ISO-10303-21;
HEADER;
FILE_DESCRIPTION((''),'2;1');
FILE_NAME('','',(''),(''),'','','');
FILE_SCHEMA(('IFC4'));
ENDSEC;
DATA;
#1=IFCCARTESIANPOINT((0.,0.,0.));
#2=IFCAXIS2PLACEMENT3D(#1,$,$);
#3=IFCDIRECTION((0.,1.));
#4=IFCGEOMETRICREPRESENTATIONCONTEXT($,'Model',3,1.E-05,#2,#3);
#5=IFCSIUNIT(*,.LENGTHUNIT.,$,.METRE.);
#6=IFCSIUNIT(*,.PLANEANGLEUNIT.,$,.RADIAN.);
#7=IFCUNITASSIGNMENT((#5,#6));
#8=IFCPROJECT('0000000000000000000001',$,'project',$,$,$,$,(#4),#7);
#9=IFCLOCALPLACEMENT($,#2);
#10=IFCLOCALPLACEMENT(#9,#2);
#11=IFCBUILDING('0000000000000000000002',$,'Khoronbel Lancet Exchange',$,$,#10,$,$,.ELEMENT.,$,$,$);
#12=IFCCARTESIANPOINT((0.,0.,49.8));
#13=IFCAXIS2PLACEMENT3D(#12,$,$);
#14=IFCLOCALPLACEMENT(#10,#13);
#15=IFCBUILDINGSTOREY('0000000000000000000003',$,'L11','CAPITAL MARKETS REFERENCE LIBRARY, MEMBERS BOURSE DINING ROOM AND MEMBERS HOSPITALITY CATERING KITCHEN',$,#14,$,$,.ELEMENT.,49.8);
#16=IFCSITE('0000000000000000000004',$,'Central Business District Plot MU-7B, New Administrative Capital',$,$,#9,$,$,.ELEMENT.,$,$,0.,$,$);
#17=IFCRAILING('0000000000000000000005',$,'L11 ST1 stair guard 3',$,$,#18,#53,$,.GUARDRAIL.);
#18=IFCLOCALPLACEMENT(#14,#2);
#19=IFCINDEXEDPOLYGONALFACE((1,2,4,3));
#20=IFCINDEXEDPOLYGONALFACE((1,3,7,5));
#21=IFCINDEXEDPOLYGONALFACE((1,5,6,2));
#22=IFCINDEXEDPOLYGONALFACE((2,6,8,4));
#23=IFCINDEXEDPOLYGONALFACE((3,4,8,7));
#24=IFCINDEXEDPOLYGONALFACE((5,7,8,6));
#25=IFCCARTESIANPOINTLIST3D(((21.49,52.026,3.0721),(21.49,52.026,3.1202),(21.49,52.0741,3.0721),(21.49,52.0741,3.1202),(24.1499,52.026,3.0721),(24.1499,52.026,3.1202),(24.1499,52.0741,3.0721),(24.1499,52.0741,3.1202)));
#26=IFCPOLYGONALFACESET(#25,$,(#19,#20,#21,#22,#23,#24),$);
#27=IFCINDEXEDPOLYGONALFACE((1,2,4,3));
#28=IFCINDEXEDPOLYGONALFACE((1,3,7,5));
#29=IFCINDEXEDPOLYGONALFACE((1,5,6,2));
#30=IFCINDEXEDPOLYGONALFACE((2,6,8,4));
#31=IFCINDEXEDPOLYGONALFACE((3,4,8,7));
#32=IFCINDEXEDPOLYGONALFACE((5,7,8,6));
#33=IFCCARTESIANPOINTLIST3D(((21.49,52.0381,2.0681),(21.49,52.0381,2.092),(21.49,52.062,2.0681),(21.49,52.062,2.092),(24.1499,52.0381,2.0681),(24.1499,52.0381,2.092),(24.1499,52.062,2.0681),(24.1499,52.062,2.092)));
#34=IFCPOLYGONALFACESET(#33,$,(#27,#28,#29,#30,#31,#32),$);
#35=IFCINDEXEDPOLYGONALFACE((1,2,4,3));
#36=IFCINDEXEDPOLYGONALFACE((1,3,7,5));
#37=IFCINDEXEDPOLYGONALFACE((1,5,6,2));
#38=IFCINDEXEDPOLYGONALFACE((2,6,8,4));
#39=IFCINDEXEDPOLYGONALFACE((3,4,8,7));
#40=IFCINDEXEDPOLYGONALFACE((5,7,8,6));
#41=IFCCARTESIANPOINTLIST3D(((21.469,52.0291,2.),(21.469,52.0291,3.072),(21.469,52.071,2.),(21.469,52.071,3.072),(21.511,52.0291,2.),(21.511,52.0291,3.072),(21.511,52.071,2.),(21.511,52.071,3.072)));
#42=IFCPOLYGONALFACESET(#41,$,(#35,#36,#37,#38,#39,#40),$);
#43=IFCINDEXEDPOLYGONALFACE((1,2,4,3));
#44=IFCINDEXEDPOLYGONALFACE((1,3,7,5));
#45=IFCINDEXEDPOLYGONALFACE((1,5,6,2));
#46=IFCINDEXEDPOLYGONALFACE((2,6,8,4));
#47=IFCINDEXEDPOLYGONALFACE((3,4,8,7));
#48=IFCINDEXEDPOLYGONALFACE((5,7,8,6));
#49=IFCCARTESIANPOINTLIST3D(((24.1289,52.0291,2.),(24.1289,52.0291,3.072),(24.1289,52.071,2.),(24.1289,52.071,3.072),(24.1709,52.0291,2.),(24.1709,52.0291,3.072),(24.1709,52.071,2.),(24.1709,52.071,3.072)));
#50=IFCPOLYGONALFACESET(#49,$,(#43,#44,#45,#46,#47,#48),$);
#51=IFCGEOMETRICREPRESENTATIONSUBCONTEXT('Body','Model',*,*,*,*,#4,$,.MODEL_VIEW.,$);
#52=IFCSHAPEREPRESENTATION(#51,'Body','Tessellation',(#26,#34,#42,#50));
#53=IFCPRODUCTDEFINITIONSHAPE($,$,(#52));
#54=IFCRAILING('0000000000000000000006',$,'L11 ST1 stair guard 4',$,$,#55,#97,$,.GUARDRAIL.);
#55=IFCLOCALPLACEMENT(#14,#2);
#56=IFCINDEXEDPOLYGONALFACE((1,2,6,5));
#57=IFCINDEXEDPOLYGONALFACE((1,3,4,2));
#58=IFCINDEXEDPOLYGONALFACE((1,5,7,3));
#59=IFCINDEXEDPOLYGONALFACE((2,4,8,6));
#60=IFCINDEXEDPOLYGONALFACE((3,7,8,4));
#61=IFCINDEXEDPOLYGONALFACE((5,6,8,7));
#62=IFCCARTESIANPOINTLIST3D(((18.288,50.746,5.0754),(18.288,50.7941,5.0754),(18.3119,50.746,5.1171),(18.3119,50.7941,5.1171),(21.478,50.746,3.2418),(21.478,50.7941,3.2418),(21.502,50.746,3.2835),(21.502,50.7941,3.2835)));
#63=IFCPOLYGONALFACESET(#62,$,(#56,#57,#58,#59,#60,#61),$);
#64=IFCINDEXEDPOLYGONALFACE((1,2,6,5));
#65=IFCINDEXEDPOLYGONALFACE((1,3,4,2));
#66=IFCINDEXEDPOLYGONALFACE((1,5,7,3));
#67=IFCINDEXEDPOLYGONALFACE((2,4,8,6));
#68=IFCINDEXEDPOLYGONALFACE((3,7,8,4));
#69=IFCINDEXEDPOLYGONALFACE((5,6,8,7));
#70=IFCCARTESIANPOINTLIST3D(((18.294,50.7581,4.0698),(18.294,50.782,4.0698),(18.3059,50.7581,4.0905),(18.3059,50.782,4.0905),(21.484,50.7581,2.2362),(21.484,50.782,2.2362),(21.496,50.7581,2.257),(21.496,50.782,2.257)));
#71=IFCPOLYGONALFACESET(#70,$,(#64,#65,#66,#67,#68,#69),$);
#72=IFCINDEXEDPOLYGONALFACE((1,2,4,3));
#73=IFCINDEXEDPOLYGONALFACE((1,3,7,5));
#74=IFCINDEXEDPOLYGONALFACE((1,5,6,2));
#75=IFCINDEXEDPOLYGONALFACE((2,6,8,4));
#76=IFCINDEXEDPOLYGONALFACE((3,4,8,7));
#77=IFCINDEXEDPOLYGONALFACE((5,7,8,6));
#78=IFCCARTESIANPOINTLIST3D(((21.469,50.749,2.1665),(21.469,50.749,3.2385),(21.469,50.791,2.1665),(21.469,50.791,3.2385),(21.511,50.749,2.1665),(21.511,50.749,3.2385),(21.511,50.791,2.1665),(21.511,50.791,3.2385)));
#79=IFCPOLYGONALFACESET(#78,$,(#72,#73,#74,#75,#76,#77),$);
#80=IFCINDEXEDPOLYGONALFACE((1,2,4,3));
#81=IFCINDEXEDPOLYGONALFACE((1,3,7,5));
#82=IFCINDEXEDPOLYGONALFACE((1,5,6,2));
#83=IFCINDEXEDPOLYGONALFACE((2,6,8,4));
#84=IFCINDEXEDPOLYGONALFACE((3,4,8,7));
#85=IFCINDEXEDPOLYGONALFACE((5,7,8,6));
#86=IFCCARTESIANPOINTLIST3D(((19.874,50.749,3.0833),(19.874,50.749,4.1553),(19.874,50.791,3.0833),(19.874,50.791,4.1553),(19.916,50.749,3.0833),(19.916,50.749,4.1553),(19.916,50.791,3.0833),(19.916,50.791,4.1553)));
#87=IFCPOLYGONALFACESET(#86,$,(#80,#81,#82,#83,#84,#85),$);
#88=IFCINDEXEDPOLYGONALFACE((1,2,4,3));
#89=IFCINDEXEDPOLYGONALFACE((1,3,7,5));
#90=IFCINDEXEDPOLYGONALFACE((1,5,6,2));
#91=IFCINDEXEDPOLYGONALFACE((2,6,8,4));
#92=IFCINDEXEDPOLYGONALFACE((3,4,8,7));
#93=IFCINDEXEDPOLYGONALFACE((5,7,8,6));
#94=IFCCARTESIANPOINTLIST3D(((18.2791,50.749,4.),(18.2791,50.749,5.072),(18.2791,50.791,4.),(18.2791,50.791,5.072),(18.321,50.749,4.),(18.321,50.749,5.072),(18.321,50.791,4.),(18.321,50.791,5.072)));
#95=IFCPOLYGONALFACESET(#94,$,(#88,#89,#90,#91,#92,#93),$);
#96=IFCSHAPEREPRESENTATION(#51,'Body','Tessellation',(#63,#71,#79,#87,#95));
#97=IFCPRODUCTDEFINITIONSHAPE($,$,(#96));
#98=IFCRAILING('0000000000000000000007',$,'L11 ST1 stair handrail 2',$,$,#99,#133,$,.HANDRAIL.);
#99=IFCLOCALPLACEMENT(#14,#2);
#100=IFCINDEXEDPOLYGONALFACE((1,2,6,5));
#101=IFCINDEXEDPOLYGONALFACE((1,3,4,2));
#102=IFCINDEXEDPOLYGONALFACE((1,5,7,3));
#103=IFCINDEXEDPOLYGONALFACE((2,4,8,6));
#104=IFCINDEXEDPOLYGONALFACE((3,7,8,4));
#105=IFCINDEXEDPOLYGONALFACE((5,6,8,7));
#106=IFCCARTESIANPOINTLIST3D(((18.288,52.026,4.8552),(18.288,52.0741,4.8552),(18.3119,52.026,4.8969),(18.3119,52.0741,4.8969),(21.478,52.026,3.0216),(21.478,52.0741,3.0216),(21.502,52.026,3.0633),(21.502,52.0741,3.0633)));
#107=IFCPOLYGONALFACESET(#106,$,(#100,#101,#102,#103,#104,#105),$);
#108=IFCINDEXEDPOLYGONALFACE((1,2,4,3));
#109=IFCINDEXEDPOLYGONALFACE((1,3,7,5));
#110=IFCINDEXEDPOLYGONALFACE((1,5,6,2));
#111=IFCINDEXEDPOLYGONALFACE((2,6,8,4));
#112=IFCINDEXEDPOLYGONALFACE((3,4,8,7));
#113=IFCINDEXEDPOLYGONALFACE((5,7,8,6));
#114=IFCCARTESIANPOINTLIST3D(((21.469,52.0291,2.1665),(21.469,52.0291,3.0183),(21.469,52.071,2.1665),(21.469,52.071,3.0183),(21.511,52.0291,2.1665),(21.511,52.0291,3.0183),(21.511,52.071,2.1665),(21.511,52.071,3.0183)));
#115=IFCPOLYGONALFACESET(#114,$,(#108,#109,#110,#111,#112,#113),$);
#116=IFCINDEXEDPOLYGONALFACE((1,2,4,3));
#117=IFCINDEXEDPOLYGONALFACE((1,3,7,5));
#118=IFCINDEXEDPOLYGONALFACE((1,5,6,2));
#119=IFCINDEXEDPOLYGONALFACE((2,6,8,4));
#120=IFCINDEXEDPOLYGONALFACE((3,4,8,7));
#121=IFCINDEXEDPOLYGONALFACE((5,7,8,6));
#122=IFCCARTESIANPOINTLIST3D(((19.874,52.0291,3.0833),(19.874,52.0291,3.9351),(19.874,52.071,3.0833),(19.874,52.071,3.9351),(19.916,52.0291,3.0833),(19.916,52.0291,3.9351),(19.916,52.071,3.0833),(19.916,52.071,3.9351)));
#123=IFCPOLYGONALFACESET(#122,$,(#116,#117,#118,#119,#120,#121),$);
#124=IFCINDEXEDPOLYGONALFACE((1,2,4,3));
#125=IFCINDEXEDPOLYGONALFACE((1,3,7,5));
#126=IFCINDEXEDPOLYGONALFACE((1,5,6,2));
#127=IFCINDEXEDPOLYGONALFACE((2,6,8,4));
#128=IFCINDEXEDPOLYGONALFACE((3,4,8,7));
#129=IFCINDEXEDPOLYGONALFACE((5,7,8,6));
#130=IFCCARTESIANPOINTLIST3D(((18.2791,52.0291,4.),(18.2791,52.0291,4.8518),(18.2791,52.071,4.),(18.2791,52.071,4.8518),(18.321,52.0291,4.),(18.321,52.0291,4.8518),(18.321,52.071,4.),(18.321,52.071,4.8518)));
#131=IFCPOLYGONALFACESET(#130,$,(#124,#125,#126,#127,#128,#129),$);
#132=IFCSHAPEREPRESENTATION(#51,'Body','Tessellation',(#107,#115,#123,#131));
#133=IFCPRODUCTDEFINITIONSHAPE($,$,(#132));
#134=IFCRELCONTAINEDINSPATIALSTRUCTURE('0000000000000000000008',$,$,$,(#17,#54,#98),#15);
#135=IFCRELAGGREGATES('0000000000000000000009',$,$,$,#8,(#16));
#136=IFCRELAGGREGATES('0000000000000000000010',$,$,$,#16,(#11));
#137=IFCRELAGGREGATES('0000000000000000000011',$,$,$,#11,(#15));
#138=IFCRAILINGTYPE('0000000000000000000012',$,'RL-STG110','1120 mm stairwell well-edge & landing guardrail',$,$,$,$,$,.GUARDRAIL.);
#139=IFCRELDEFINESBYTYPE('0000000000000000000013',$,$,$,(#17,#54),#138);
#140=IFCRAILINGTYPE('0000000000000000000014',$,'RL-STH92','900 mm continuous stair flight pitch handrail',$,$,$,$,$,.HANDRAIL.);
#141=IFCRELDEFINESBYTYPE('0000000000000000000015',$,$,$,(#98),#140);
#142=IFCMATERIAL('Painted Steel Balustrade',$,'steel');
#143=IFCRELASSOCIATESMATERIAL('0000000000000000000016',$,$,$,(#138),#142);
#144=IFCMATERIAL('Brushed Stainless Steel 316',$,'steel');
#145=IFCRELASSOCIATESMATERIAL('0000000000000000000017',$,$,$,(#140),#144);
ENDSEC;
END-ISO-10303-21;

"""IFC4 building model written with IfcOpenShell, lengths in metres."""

from ifc_helpers import new_model, si_unit, direction, frame, origin, origin_2d, place, context, subcontext, project, spatial, rectangle, extrude, material, type_object, element, save


model = new_model("IFC4")

# Units and contexts
model_context = context("Model", 3, precision=1e-05, world=origin(), true_north=direction((0.0, 1.0)))
body_context = subcontext(model_context, "Body", "Model", "MODEL_VIEW")
ifc_project = project(units=[si_unit("LENGTHUNIT", "METRE"), si_unit("PLANEANGLEUNIT", "RADIAN")], contexts=[model_context])

# Site, building, storey
site_placement = place(None, origin())
site = spatial("IfcSite", under=ifc_project, at=site_placement, Name="Central Business District Plot MU-7B, New Administrative Capital", CompositionType="ELEMENT", RefElevation=0.0)
building_placement = place(site_placement, origin())
building = spatial("IfcBuilding", under=site, at=building_placement, Name="Khoronbel Lancet Exchange", CompositionType="ELEMENT")
storey_placement = place(building_placement, frame((0.0, 0.0, 49.8)))
storey = spatial("IfcBuildingStorey", under=building, at=storey_placement, Name="L11", Description="CAPITAL MARKETS REFERENCE LIBRARY, MEMBERS BOURSE DINING ROOM AND MEMBERS HOSPITALITY CATERING KITCHEN", CompositionType="ELEMENT", Elevation=49.8)

# Railings
ifc_material_1 = material(Name="Painted Steel Balustrade", Category="steel")
railing_type_1 = type_object("IfcRailingType", Name="RL-STG110", Description="1120 mm stairwell well-edge & landing guardrail", PredefinedType="GUARDRAIL", material=ifc_material_1)
railing_1_placement = place(storey_placement, frame((21.49, 52.05, 2.0)))
element("IfcRailing", 1, at=railing_1_placement, inside=storey, type_object=railing_type_1, Name="L11 ST1 stair guard 3", PredefinedType="GUARDRAIL", context=body_context, shape_type="SweptSolid", body=[
    extrude(rectangle(XDim=0.0481, YDim=0.0481, at=origin_2d()), frame((0.0, 0.0, 1.0962), z_axis=(1.0, 0.0, 0.0), x_axis=(0.0, 1.0, 0.0)), (0.0, 0.0, 1.0), 2.6599),
    extrude(rectangle(XDim=0.0239, YDim=0.0239, at=origin_2d()), frame((0.0, 0.0, 0.0801), z_axis=(1.0, 0.0, 0.0), x_axis=(0.0, 1.0, 0.0)), (0.0, 0.0, 1.0), 2.6599),
    extrude(rectangle(XDim=0.042, YDim=0.042, at=origin_2d()), origin(), (0.0, 0.0, 1.0), 1.072),
    extrude(rectangle(XDim=0.042, YDim=0.042, at=origin_2d()), frame((2.6599, 0.0, 0.0)), (0.0, 0.0, 1.0), 1.072),
])
railing_2_placement = place(storey_placement, frame((21.49, 50.77, 2.1665)))
element("IfcRailing", 2, at=railing_2_placement, inside=storey, type_object=railing_type_1, Name="L11 ST1 stair guard 4", PredefinedType="GUARDRAIL", context=body_context, shape_type="SweptSolid", body=[
    extrude(rectangle(XDim=0.0481, YDim=0.0481, at=origin_2d()), frame((0.0, 0.0, 1.0962), z_axis=(-0.866991, 0.0, 0.498324), x_axis=(0.0, -1.0, 0.0)), (0.0, 0.0, 1.0), 3.6794),
    extrude(rectangle(XDim=0.0239, YDim=0.0239, at=origin_2d()), frame((0.0, 0.0, 0.0801), z_axis=(-0.866991, 0.0, 0.498324), x_axis=(0.0, -1.0, 0.0)), (0.0, 0.0, 1.0), 3.6794),
    extrude(rectangle(XDim=0.042, YDim=0.042, at=origin_2d()), origin(), (0.0, 0.0, 1.0), 1.072),
    extrude(rectangle(XDim=0.042, YDim=0.042, at=origin_2d()), frame((-1.595, 0.0, 0.9167)), (0.0, 0.0, 1.0), 1.072),
    extrude(rectangle(XDim=0.042, YDim=0.042, at=origin_2d()), frame((-3.1899, 0.0, 1.8335)), (0.0, 0.0, 1.0), 1.072),
])
ifc_material_2 = material(Name="Brushed Stainless Steel 316", Category="steel")
railing_type_2 = type_object("IfcRailingType", Name="RL-STH92", Description="900 mm continuous stair flight pitch handrail", PredefinedType="HANDRAIL", material=ifc_material_2)
railing_3_placement = place(storey_placement, frame((21.49, 52.05, 2.1665)))
element("IfcRailing", 3, at=railing_3_placement, inside=storey, type_object=railing_type_2, Name="L11 ST1 stair handrail 2", PredefinedType="HANDRAIL", context=body_context, shape_type="SweptSolid", body=[
    extrude(rectangle(XDim=0.0481, YDim=0.0481, at=origin_2d()), frame((0.0, 0.0, 0.876), z_axis=(-0.866991, 0.0, 0.498324), x_axis=(0.0, -1.0, 0.0)), (0.0, 0.0, 1.0), 3.6794),
    extrude(rectangle(XDim=0.042, YDim=0.042, at=origin_2d()), origin(), (0.0, 0.0, 1.0), 0.8518),
    extrude(rectangle(XDim=0.042, YDim=0.042, at=origin_2d()), frame((-1.595, 0.0, 0.9167)), (0.0, 0.0, 1.0), 0.8518),
    extrude(rectangle(XDim=0.042, YDim=0.042, at=origin_2d()), frame((-3.1899, 0.0, 1.8335)), (0.0, 0.0, 1.0), 0.8518),
])

save(model, "model.ifc")
